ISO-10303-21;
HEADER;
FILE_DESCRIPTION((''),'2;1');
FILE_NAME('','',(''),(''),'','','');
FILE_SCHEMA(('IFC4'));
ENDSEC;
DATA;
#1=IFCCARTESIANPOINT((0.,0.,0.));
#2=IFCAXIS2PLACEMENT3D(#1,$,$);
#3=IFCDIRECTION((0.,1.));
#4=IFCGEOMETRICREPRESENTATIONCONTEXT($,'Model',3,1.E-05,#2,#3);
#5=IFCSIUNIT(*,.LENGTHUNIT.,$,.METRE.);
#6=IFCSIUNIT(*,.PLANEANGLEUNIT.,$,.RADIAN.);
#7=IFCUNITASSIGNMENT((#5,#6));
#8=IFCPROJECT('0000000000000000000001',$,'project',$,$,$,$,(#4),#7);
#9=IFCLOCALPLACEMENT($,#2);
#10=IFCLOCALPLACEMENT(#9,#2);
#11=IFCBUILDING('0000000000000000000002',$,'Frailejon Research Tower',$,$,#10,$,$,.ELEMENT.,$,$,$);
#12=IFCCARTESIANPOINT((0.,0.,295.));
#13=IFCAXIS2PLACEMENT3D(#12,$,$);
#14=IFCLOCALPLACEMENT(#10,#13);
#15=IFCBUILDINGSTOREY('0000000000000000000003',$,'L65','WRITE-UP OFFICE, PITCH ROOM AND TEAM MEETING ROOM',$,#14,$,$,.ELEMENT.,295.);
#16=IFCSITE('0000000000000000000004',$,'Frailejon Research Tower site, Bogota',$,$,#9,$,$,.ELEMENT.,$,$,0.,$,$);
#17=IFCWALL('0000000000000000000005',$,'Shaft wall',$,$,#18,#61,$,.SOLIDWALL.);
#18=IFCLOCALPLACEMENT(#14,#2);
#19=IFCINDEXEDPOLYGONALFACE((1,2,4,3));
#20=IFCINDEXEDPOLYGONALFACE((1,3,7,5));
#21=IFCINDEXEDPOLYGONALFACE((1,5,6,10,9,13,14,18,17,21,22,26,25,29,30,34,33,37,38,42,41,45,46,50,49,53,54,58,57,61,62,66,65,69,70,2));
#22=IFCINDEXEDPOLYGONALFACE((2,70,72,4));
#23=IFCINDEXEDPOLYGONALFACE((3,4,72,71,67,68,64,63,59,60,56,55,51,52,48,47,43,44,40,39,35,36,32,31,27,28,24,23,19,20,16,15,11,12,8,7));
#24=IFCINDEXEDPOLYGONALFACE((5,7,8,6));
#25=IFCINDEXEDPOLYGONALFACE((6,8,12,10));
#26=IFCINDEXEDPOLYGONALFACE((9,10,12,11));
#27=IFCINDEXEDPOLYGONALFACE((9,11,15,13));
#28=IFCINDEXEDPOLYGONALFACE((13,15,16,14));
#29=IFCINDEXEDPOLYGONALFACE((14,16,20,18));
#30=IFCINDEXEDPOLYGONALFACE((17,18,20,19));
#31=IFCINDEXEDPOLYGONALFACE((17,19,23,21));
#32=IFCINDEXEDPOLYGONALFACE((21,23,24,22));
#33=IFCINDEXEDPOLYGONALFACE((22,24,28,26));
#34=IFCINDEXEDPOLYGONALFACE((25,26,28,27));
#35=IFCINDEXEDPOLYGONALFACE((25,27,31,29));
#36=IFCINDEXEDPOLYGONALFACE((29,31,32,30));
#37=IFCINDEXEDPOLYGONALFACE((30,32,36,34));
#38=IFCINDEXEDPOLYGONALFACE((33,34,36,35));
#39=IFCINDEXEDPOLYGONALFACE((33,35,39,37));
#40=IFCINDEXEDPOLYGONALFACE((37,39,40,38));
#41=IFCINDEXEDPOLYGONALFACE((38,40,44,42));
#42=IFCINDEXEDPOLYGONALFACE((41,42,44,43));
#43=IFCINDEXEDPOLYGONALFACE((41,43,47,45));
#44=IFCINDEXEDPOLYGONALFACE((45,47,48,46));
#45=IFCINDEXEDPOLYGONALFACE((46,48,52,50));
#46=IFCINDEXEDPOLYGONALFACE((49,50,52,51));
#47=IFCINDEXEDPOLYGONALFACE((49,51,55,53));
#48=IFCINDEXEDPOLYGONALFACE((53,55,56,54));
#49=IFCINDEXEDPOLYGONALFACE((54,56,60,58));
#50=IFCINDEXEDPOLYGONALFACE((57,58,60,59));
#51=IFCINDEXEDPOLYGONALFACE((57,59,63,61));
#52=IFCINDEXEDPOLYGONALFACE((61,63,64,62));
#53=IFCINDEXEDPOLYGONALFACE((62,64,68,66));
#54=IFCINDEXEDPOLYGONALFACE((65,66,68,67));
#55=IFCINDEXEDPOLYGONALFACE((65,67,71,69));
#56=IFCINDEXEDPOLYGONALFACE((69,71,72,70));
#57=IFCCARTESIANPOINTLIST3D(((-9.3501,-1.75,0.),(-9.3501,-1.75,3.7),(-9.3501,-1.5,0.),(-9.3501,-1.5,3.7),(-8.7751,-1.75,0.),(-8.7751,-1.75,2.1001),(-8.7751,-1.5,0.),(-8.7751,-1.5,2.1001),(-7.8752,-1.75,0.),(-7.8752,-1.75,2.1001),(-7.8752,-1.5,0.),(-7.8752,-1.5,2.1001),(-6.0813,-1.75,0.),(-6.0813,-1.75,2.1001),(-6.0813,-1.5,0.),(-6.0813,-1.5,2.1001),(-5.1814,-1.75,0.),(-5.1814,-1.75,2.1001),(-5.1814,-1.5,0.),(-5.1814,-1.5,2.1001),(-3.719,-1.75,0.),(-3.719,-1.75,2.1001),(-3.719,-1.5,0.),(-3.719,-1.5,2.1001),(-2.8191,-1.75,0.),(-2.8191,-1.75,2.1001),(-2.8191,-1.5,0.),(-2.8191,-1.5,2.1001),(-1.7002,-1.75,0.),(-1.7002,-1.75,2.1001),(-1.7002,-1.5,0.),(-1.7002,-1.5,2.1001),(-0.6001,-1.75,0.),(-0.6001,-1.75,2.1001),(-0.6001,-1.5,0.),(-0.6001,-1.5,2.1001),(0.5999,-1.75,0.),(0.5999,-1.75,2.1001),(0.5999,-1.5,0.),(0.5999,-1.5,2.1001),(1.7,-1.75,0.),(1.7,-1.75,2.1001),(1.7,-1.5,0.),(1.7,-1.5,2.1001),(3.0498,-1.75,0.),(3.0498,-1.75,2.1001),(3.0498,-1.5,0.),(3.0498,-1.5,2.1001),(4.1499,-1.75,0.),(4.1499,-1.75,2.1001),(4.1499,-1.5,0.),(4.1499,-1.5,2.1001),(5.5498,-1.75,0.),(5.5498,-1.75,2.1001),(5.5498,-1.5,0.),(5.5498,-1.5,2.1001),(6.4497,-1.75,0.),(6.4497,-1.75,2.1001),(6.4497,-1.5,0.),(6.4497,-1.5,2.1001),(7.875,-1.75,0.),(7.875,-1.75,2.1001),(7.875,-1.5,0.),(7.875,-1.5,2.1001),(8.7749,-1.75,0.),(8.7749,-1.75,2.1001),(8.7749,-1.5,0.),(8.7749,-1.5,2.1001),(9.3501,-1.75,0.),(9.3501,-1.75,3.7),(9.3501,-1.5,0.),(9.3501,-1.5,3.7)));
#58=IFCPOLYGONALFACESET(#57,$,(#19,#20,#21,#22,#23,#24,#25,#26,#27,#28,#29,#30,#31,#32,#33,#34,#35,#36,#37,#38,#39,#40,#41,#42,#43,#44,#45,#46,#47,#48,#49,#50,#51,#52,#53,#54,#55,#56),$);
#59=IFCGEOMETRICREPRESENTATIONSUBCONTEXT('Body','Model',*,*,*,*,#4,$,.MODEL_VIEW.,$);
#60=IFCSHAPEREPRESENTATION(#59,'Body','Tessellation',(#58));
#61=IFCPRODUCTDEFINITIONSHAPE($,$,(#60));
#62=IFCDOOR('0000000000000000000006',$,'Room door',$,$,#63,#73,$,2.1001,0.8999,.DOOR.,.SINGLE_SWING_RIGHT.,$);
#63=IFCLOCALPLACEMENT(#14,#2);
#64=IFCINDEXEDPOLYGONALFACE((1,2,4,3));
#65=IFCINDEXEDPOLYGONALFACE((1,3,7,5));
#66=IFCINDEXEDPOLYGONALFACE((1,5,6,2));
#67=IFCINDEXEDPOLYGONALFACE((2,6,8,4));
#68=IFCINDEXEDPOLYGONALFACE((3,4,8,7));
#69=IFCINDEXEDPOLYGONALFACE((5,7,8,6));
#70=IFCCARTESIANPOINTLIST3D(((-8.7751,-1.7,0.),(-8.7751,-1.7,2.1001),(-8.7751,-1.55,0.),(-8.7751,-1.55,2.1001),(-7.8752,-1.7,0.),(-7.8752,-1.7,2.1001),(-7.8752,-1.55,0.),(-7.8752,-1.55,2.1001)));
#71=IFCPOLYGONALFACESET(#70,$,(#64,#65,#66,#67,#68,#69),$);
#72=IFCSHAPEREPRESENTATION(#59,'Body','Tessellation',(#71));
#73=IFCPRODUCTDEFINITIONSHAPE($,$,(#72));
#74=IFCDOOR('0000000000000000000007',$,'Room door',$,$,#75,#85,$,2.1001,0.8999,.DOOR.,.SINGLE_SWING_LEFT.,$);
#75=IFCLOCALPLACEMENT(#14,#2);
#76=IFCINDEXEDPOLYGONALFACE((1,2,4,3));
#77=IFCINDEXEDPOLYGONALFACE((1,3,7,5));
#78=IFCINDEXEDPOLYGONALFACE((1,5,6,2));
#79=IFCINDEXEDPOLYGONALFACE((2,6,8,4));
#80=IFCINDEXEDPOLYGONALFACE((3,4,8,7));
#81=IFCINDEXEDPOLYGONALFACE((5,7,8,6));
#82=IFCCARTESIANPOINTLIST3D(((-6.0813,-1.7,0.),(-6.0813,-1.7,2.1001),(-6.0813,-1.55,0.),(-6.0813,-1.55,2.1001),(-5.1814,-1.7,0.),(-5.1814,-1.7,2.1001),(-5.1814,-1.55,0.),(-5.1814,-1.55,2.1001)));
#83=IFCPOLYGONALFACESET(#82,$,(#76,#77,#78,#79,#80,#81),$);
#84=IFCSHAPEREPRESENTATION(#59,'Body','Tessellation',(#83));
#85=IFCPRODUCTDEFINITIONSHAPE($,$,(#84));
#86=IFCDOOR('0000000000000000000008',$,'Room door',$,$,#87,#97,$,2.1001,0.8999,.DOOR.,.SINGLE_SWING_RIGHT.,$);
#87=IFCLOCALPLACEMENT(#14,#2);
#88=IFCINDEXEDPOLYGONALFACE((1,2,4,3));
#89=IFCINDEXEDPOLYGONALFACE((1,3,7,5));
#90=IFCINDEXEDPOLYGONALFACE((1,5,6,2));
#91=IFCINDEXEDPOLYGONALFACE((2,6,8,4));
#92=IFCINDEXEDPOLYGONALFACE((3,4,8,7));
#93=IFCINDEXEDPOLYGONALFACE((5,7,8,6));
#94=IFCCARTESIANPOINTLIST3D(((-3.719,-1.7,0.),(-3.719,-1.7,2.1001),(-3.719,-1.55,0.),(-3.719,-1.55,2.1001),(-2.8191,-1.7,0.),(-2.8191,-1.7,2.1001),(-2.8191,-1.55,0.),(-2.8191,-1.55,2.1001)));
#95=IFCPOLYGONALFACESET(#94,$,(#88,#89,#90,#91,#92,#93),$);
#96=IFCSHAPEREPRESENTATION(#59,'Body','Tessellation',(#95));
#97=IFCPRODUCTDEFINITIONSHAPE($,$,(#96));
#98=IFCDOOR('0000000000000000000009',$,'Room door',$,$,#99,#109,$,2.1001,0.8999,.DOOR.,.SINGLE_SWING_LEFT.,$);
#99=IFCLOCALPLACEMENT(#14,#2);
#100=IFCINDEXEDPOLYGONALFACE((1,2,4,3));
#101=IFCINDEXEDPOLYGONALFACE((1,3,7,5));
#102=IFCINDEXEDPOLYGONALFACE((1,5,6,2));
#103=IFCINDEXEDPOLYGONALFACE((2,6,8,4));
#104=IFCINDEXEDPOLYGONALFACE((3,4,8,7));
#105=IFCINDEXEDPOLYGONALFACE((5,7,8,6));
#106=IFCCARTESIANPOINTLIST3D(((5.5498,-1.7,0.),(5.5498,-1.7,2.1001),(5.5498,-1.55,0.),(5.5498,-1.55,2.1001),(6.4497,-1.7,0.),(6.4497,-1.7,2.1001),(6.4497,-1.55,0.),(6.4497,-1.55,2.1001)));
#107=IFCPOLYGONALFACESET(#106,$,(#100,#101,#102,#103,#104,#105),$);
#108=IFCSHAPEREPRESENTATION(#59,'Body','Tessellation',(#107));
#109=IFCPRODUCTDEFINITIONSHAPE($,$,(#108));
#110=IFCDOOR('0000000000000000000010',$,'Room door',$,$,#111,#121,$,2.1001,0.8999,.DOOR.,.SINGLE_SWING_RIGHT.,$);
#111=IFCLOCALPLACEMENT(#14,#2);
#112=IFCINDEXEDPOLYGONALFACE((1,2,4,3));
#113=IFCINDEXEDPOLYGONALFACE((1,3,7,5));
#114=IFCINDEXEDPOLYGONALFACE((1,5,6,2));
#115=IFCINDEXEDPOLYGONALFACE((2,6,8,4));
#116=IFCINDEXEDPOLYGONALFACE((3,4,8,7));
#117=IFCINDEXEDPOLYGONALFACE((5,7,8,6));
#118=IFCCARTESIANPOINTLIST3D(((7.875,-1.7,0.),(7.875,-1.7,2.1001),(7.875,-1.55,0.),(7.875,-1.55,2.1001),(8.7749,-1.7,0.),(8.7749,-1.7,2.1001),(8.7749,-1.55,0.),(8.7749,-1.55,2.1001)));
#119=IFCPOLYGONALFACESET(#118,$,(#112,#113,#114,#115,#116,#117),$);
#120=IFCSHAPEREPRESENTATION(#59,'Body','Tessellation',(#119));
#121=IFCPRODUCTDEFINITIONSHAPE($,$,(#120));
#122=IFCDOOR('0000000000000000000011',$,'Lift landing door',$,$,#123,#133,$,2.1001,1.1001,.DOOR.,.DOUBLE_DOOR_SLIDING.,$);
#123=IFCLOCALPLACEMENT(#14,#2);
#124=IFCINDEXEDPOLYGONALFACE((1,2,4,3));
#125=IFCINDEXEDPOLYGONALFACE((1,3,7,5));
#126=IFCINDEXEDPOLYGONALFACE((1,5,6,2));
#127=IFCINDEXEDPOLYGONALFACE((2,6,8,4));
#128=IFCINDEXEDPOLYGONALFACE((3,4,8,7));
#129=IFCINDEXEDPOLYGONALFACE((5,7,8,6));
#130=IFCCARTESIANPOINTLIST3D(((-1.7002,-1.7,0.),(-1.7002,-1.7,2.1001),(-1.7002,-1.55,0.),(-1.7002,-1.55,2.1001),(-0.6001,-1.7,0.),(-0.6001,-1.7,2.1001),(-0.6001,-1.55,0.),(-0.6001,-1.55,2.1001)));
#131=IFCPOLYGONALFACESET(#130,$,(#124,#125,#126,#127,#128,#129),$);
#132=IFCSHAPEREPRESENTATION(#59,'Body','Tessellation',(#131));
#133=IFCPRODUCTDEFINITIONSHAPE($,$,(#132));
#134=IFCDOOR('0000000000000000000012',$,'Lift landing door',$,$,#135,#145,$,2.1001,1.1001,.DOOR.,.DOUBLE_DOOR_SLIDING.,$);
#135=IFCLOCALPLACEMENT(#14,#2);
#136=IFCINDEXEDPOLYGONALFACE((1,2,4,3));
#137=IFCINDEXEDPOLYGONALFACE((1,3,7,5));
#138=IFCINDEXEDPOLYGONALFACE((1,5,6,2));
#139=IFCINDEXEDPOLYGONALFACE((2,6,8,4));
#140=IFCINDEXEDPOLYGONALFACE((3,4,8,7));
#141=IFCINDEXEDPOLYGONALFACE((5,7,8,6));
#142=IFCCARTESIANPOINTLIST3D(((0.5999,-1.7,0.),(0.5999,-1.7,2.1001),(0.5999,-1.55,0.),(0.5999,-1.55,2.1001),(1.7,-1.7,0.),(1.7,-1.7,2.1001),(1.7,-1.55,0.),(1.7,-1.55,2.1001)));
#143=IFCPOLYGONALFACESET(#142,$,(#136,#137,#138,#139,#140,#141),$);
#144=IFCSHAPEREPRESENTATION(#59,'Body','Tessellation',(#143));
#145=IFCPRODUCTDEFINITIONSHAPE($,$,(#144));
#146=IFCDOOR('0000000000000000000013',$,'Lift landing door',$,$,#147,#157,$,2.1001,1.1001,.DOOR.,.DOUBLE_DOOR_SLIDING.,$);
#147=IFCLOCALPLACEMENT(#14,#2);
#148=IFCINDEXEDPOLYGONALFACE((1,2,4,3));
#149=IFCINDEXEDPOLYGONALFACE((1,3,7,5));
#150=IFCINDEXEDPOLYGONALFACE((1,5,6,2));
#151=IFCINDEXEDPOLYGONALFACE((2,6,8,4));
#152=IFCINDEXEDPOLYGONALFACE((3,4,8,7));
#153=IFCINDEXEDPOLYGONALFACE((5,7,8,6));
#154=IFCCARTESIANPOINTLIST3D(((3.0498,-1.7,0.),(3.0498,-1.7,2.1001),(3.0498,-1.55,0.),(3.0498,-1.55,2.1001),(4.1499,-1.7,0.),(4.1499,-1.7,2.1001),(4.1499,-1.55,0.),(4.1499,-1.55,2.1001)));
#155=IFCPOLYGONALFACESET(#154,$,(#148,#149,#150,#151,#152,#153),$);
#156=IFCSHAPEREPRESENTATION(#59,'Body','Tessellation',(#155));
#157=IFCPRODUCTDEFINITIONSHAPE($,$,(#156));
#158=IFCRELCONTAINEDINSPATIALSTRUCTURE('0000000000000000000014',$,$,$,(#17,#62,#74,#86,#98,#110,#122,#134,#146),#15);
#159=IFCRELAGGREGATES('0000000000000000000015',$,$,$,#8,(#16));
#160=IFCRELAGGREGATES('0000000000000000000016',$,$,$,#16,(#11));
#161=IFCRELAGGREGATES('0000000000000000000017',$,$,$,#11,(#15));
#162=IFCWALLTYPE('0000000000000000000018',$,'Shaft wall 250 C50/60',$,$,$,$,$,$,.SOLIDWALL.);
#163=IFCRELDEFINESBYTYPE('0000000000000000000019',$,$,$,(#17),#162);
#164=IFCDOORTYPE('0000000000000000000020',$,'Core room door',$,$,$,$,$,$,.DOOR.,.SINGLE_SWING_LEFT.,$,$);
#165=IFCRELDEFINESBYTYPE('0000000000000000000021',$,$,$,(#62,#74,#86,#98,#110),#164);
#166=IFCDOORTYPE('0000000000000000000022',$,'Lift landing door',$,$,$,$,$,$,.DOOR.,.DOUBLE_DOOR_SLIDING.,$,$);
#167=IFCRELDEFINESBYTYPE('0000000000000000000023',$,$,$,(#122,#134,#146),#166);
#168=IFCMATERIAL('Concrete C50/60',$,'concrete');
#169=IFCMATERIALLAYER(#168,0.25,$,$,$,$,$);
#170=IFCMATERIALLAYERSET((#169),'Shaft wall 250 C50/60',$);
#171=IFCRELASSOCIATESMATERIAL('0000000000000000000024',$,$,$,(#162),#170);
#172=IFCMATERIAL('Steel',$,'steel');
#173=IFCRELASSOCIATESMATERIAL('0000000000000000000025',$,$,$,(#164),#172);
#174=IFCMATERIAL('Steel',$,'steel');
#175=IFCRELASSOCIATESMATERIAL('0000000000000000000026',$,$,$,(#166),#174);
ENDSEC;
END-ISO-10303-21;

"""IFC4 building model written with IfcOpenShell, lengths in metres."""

from ifc_helpers import new_model, si_unit, direction, frame, frame_2d, origin, place, context, subcontext, project, spatial, rectangle, extrude, material, layer, layer_set, type_object, element, fill, save


model = new_model("IFC4")

# Units and contexts
model_context = context("Model", 3, precision=1e-05, world=origin(), true_north=direction((0.0, 1.0)))
body_context = subcontext(model_context, "Body", "Model", "MODEL_VIEW")
ifc_project = project(units=[si_unit("LENGTHUNIT", "METRE"), si_unit("PLANEANGLEUNIT", "RADIAN")], contexts=[model_context])

# Site, building, storey
site_placement = place(None, origin())
site = spatial("IfcSite", under=ifc_project, at=site_placement, Name="Frailejon Research Tower site, Bogota", CompositionType="ELEMENT", RefElevation=0.0)
building_placement = place(site_placement, origin())
building = spatial("IfcBuilding", under=site, at=building_placement, Name="Frailejon Research Tower", CompositionType="ELEMENT")
storey_placement = place(building_placement, frame((0.0, 0.0, 295.0)))
storey = spatial("IfcBuildingStorey", under=building, at=storey_placement, Name="L65", Description="WRITE-UP OFFICE, PITCH ROOM AND TEAM MEETING ROOM", CompositionType="ELEMENT", Elevation=295.0)

# Wall, openings, doors
ifc_material_1 = material(Name="Concrete C50/60", Category="concrete")
ifc_layer_1 = layer(ifc_material_1, 0.25)
ifc_layer_set_1 = layer_set([ifc_layer_1], Name="Shaft wall 250 C50/60")
wall_type_1 = type_object("IfcWallType", Name="Shaft wall 250 C50/60", PredefinedType="SOLIDWALL", material=ifc_layer_set_1)
wall_1_placement = place(storey_placement, frame((-9.3501, -1.625, 0.0), z_axis=(0.0, 0.0, 1.0), x_axis=(1.0, 0.0, 0.0)))
wall_1 = element("IfcWall", 1, at=wall_1_placement, inside=storey, type_object=wall_type_1, Name="Shaft wall", PredefinedType="SOLIDWALL", context=body_context, shape_type="SweptSolid", body=[
    extrude(rectangle(XDim=18.7002, YDim=0.25, at=frame_2d((9.3501, 0.0))), origin(), (0.0, 0.0, 1.0), 3.7),
])
opening_1_placement = place(wall_1_placement, frame((7.6499, 0.0, 0.0)))
opening_1 = element("IfcOpeningElement", 2, at=opening_1_placement, cuts=wall_1, PredefinedType="OPENING", context=body_context, shape_type="SweptSolid", body=[
    extrude(rectangle(XDim=1.1001, YDim=2.1001, at=frame_2d((0.55, 1.05))), frame((0.0, 0.135, 0.0), z_axis=(0.0, -1.0, 0.0), x_axis=(1.0, 0.0, 0.0)), (0.0, 0.0, 1.0), 0.27),
])
opening_2_placement = place(wall_1_placement, frame((9.95, 0.0, 0.0)))
opening_2 = element("IfcOpeningElement", 3, at=opening_2_placement, cuts=wall_1, PredefinedType="OPENING", context=body_context, shape_type="SweptSolid", body=[
    extrude(rectangle(XDim=1.1001, YDim=2.1001, at=frame_2d((0.55, 1.05))), frame((0.0, 0.135, 0.0), z_axis=(0.0, -1.0, 0.0), x_axis=(1.0, 0.0, 0.0)), (0.0, 0.0, 1.0), 0.27),
])
opening_3_placement = place(wall_1_placement, frame((12.3999, 0.0, 0.0)))
opening_3 = element("IfcOpeningElement", 4, at=opening_3_placement, cuts=wall_1, PredefinedType="OPENING", context=body_context, shape_type="SweptSolid", body=[
    extrude(rectangle(XDim=1.1001, YDim=2.1001, at=frame_2d((0.55, 1.05))), frame((0.0, 0.135, 0.0), z_axis=(0.0, -1.0, 0.0), x_axis=(1.0, 0.0, 0.0)), (0.0, 0.0, 1.0), 0.27),
])
opening_4_placement = place(wall_1_placement, frame((0.575, 0.0, 0.0)))
opening_4 = element("IfcOpeningElement", 5, at=opening_4_placement, cuts=wall_1, PredefinedType="OPENING", context=body_context, shape_type="SweptSolid", body=[
    extrude(rectangle(XDim=0.8999, YDim=2.1001, at=frame_2d((0.45, 1.05))), frame((0.0, 0.135, 0.0), z_axis=(0.0, -1.0, 0.0), x_axis=(1.0, 0.0, 0.0)), (0.0, 0.0, 1.0), 0.27),
])
opening_5_placement = place(wall_1_placement, frame((3.2688, 0.0, 0.0)))
opening_5 = element("IfcOpeningElement", 6, at=opening_5_placement, cuts=wall_1, PredefinedType="OPENING", context=body_context, shape_type="SweptSolid", body=[
    extrude(rectangle(XDim=0.8999, YDim=2.1001, at=frame_2d((0.45, 1.05))), frame((0.0, 0.135, 0.0), z_axis=(0.0, -1.0, 0.0), x_axis=(1.0, 0.0, 0.0)), (0.0, 0.0, 1.0), 0.27),
])
opening_6_placement = place(wall_1_placement, frame((5.6311, 0.0, 0.0)))
opening_6 = element("IfcOpeningElement", 7, at=opening_6_placement, cuts=wall_1, PredefinedType="OPENING", context=body_context, shape_type="SweptSolid", body=[
    extrude(rectangle(XDim=0.8999, YDim=2.1001, at=frame_2d((0.45, 1.05))), frame((0.0, 0.135, 0.0), z_axis=(0.0, -1.0, 0.0), x_axis=(1.0, 0.0, 0.0)), (0.0, 0.0, 1.0), 0.27),
])
opening_7_placement = place(wall_1_placement, frame((14.8999, 0.0, 0.0)))
opening_7 = element("IfcOpeningElement", 8, at=opening_7_placement, cuts=wall_1, PredefinedType="OPENING", context=body_context, shape_type="SweptSolid", body=[
    extrude(rectangle(XDim=0.8999, YDim=2.1001, at=frame_2d((0.45, 1.05))), frame((0.0, 0.135, 0.0), z_axis=(0.0, -1.0, 0.0), x_axis=(1.0, 0.0, 0.0)), (0.0, 0.0, 1.0), 0.27),
])
opening_8_placement = place(wall_1_placement, frame((17.2251, 0.0, 0.0)))
opening_8 = element("IfcOpeningElement", 9, at=opening_8_placement, cuts=wall_1, PredefinedType="OPENING", context=body_context, shape_type="SweptSolid", body=[
    extrude(rectangle(XDim=0.8999, YDim=2.1001, at=frame_2d((0.45, 1.05))), frame((0.0, 0.135, 0.0), z_axis=(0.0, -1.0, 0.0), x_axis=(1.0, 0.0, 0.0)), (0.0, 0.0, 1.0), 0.27),
])
ifc_material_2 = material(Name="Steel", Category="steel")
door_type_1 = type_object("IfcDoorType", Name="Core room door", OperationType="SINGLE_SWING_LEFT", PredefinedType="DOOR", material=ifc_material_2)
door_1_placement = place(opening_4_placement, origin())
door_1 = element("IfcDoor", 10, at=door_1_placement, inside=storey, type_object=door_type_1, Name="Room door", OperationType="SINGLE_SWING_RIGHT", OverallHeight=2.1001, OverallWidth=0.8999, PredefinedType="DOOR", context=body_context, shape_type="SweptSolid", body=[
    extrude(rectangle(XDim=0.8999, YDim=2.1001, at=frame_2d((0.45, 1.05))), frame((0.0, 0.075, 0.0), z_axis=(0.0, -1.0, 0.0), x_axis=(1.0, 0.0, 0.0)), (0.0, 0.0, 1.0), 0.1499),
])
fill(opening_4, door_1)
door_2_placement = place(opening_5_placement, origin())
door_2 = element("IfcDoor", 11, at=door_2_placement, inside=storey, type_object=door_type_1, Name="Room door", OperationType="SINGLE_SWING_LEFT", OverallHeight=2.1001, OverallWidth=0.8999, PredefinedType="DOOR", context=body_context, shape_type="SweptSolid", body=[
    extrude(rectangle(XDim=0.8999, YDim=2.1001, at=frame_2d((0.45, 1.05))), frame((0.0, 0.075, 0.0), z_axis=(0.0, -1.0, 0.0), x_axis=(1.0, 0.0, 0.0)), (0.0, 0.0, 1.0), 0.1499),
])
fill(opening_5, door_2)
door_3_placement = place(opening_6_placement, origin())
door_3 = element("IfcDoor", 12, at=door_3_placement, inside=storey, type_object=door_type_1, Name="Room door", OperationType="SINGLE_SWING_RIGHT", OverallHeight=2.1001, OverallWidth=0.8999, PredefinedType="DOOR", context=body_context, shape_type="SweptSolid", body=[
    extrude(rectangle(XDim=0.8999, YDim=2.1001, at=frame_2d((0.45, 1.05))), frame((0.0, 0.075, 0.0), z_axis=(0.0, -1.0, 0.0), x_axis=(1.0, 0.0, 0.0)), (0.0, 0.0, 1.0), 0.1499),
])
fill(opening_6, door_3)
door_4_placement = place(opening_7_placement, origin())
door_4 = element("IfcDoor", 13, at=door_4_placement, inside=storey, type_object=door_type_1, Name="Room door", OperationType="SINGLE_SWING_LEFT", OverallHeight=2.1001, OverallWidth=0.8999, PredefinedType="DOOR", context=body_context, shape_type="SweptSolid", body=[
    extrude(rectangle(XDim=0.8999, YDim=2.1001, at=frame_2d((0.45, 1.05))), frame((0.0, 0.075, 0.0), z_axis=(0.0, -1.0, 0.0), x_axis=(1.0, 0.0, 0.0)), (0.0, 0.0, 1.0), 0.1499),
])
fill(opening_7, door_4)
door_5_placement = place(opening_8_placement, origin())
door_5 = element("IfcDoor", 14, at=door_5_placement, inside=storey, type_object=door_type_1, Name="Room door", OperationType="SINGLE_SWING_RIGHT", OverallHeight=2.1001, OverallWidth=0.8999, PredefinedType="DOOR", context=body_context, shape_type="SweptSolid", body=[
    extrude(rectangle(XDim=0.8999, YDim=2.1001, at=frame_2d((0.45, 1.05))), frame((0.0, 0.075, 0.0), z_axis=(0.0, -1.0, 0.0), x_axis=(1.0, 0.0, 0.0)), (0.0, 0.0, 1.0), 0.1499),
])
fill(opening_8, door_5)
ifc_material_3 = material(Name="Steel", Category="steel")
door_type_2 = type_object("IfcDoorType", Name="Lift landing door", OperationType="DOUBLE_DOOR_SLIDING", PredefinedType="DOOR", material=ifc_material_3)
door_6_placement = place(opening_1_placement, origin())
door_6 = element("IfcDoor", 15, at=door_6_placement, inside=storey, type_object=door_type_2, Name="Lift landing door", OperationType="DOUBLE_DOOR_SLIDING", OverallHeight=2.1001, OverallWidth=1.1001, PredefinedType="DOOR", context=body_context, shape_type="SweptSolid", body=[
    extrude(rectangle(XDim=1.1001, YDim=2.1001, at=frame_2d((0.55, 1.05))), frame((0.0, 0.075, 0.0), z_axis=(0.0, -1.0, 0.0), x_axis=(1.0, 0.0, 0.0)), (0.0, 0.0, 1.0), 0.1499),
])
fill(opening_1, door_6)
door_7_placement = place(opening_2_placement, origin())
door_7 = element("IfcDoor", 16, at=door_7_placement, inside=storey, type_object=door_type_2, Name="Lift landing door", OperationType="DOUBLE_DOOR_SLIDING", OverallHeight=2.1001, OverallWidth=1.1001, PredefinedType="DOOR", context=body_context, shape_type="SweptSolid", body=[
    extrude(rectangle(XDim=1.1001, YDim=2.1001, at=frame_2d((0.55, 1.05))), frame((0.0, 0.075, 0.0), z_axis=(0.0, -1.0, 0.0), x_axis=(1.0, 0.0, 0.0)), (0.0, 0.0, 1.0), 0.1499),
])
fill(opening_2, door_7)
door_8_placement = place(opening_3_placement, origin())
door_8 = element("IfcDoor", 17, at=door_8_placement, inside=storey, type_object=door_type_2, Name="Lift landing door", OperationType="DOUBLE_DOOR_SLIDING", OverallHeight=2.1001, OverallWidth=1.1001, PredefinedType="DOOR", context=body_context, shape_type="SweptSolid", body=[
    extrude(rectangle(XDim=1.1001, YDim=2.1001, at=frame_2d((0.55, 1.05))), frame((0.0, 0.075, 0.0), z_axis=(0.0, -1.0, 0.0), x_axis=(1.0, 0.0, 0.0)), (0.0, 0.0, 1.0), 0.1499),
])
fill(opening_3, door_8)

save(model, "model.ifc")
